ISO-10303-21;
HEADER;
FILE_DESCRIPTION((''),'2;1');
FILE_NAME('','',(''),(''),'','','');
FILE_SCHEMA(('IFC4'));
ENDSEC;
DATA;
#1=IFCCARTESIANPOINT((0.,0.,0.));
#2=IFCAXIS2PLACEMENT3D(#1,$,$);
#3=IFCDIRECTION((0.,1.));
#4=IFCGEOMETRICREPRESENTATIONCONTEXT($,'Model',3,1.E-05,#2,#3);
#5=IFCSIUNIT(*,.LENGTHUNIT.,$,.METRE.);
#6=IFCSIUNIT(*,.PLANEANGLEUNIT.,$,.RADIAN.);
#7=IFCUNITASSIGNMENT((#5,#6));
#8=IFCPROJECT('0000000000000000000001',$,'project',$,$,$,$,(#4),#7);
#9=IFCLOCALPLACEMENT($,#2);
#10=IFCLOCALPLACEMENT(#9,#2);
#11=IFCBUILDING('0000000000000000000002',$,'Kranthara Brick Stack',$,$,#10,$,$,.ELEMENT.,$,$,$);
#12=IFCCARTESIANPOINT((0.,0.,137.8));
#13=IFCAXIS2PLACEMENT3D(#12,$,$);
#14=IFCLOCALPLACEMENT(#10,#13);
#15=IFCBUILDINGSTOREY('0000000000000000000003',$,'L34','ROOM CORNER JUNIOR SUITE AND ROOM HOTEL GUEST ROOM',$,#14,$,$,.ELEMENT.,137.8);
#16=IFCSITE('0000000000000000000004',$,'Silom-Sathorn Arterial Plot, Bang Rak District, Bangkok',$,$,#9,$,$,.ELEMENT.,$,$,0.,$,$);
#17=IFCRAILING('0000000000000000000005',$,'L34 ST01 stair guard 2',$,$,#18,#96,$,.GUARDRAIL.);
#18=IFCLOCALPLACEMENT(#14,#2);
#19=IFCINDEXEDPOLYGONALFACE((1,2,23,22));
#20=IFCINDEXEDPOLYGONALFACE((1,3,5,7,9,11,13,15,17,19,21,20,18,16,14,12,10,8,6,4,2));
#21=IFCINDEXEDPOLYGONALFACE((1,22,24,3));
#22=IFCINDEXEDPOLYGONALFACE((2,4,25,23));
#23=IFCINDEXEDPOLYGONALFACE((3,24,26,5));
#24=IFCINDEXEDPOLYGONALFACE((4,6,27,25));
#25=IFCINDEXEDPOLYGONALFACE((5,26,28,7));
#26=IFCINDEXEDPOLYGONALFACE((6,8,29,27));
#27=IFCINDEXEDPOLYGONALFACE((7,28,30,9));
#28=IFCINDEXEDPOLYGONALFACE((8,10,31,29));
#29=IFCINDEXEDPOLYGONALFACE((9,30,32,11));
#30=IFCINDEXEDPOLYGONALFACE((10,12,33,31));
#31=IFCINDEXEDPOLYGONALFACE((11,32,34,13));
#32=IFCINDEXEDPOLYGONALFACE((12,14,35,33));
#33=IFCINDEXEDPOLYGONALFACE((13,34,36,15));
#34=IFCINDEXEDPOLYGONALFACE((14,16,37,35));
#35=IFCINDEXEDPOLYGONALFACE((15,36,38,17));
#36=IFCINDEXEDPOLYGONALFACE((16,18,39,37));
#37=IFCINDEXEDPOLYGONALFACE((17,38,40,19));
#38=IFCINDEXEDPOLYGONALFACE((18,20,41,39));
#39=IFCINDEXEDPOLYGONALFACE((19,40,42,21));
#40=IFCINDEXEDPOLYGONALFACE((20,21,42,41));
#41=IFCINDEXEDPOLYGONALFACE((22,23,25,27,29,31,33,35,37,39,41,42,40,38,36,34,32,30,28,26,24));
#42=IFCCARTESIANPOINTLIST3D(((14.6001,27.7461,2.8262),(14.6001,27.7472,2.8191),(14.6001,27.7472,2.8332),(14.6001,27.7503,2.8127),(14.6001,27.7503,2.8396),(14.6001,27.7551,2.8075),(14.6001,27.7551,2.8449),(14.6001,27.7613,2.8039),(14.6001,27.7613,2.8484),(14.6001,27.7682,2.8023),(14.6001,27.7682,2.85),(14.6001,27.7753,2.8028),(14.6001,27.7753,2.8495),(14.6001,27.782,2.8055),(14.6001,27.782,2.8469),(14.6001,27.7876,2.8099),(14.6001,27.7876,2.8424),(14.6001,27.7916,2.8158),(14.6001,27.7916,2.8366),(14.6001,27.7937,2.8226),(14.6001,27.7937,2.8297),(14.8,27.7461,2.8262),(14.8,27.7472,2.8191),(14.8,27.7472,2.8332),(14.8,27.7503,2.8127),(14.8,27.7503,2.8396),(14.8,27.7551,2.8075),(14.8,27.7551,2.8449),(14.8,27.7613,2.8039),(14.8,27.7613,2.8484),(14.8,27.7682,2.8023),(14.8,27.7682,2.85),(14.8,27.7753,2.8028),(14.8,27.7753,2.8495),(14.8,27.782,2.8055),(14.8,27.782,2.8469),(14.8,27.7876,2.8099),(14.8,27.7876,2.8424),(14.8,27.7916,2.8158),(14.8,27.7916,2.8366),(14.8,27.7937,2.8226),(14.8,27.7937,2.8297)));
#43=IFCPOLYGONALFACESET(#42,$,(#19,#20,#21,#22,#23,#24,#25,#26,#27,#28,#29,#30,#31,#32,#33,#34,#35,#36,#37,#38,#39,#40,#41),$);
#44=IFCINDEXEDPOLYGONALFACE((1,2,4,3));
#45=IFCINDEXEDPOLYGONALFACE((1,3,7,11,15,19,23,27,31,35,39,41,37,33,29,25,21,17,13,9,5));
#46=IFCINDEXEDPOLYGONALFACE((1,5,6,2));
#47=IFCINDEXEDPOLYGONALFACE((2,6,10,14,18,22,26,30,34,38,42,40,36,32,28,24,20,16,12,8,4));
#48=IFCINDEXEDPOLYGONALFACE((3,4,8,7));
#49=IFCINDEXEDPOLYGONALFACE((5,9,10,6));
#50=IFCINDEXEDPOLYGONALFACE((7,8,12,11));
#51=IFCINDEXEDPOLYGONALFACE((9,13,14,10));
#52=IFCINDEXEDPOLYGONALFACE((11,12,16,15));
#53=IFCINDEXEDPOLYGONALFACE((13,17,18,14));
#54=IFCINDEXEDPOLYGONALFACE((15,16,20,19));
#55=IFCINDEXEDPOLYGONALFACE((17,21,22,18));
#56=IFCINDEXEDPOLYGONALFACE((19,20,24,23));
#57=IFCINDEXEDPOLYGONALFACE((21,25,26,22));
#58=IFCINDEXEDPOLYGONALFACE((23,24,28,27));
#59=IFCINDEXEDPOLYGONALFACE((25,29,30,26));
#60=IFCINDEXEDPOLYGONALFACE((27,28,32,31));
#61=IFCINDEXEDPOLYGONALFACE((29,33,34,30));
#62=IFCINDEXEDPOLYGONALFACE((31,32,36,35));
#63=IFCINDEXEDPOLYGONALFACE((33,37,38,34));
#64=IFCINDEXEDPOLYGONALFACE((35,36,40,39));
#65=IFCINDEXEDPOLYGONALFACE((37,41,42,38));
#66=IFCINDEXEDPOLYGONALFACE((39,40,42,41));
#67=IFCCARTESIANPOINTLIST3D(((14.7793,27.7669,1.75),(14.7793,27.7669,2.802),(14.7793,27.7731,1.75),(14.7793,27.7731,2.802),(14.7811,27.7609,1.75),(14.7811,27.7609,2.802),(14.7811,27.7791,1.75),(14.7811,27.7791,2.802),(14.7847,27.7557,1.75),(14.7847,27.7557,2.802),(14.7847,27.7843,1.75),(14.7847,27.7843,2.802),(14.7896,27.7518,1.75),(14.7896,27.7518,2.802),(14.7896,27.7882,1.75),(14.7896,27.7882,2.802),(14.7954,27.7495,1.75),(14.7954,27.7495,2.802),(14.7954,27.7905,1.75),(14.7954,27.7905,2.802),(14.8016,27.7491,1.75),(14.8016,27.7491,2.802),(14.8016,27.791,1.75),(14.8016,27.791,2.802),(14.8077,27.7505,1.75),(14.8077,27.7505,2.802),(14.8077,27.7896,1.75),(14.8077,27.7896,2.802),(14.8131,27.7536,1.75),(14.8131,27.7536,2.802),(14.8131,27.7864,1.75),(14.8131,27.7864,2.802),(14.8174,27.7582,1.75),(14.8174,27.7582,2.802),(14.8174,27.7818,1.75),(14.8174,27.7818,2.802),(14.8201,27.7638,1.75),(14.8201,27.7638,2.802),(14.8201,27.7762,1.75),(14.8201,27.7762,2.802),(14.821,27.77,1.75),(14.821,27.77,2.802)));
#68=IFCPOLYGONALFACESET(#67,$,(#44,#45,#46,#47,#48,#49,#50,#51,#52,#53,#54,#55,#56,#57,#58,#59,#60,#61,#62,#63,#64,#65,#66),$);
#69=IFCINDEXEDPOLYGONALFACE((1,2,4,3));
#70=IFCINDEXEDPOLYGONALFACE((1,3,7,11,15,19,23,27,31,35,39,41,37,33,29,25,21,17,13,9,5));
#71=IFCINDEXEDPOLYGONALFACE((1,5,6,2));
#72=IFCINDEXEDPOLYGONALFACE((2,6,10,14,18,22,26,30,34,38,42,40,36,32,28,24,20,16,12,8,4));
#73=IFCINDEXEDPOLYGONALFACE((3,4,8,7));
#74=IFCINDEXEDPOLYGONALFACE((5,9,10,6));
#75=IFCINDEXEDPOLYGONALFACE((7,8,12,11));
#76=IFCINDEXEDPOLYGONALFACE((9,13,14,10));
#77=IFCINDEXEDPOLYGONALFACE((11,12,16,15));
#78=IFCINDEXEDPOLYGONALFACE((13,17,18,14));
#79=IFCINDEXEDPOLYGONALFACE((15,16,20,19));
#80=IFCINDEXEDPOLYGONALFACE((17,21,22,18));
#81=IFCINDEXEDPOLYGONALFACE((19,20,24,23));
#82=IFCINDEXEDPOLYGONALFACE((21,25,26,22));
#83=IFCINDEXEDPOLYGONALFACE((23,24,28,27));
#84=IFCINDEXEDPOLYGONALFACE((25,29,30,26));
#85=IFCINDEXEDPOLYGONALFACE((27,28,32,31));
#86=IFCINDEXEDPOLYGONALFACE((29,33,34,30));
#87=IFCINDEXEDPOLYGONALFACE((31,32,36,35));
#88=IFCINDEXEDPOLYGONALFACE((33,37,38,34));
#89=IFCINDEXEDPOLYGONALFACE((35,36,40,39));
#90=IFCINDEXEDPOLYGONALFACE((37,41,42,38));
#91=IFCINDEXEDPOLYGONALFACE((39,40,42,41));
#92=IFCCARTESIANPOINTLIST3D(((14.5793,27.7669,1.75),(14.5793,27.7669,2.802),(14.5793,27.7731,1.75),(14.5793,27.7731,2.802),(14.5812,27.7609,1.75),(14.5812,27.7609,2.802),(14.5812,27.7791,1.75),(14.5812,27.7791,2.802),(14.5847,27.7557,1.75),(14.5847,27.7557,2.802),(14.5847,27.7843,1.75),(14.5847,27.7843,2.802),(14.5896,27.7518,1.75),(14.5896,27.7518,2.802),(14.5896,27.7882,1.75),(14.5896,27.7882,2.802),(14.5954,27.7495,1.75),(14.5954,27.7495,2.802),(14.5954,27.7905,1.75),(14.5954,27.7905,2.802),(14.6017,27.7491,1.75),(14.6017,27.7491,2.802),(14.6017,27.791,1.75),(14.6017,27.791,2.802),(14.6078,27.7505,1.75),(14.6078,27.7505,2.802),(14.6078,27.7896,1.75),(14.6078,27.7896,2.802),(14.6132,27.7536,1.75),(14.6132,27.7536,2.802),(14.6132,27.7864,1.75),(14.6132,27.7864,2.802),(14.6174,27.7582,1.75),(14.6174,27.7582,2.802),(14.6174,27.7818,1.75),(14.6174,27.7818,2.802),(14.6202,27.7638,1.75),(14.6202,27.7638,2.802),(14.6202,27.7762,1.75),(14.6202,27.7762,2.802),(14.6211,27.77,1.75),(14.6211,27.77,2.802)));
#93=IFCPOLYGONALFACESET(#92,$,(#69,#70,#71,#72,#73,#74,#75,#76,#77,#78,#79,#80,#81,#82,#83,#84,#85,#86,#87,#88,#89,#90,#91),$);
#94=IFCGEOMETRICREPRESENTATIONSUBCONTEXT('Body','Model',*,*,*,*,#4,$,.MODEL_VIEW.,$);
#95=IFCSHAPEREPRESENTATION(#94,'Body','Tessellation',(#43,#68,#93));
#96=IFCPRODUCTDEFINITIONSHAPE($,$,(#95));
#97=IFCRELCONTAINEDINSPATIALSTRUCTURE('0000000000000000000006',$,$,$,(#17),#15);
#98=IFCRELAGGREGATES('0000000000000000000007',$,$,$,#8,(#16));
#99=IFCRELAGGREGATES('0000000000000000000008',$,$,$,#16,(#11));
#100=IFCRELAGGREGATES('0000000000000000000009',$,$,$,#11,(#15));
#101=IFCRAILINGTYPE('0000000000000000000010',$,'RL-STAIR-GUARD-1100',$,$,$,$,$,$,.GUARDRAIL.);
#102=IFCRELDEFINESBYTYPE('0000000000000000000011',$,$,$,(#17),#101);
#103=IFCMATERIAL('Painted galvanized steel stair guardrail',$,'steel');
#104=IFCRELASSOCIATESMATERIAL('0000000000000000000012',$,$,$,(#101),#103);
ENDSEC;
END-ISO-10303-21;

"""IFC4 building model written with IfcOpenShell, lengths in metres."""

from ifc_helpers import new_model, si_unit, direction, frame, origin, origin_2d, place, context, subcontext, project, spatial, circle, extrude, material, type_object, element, save


model = new_model("IFC4")

# Units and contexts
model_context = context("Model", 3, precision=1e-05, world=origin(), true_north=direction((0.0, 1.0)))
body_context = subcontext(model_context, "Body", "Model", "MODEL_VIEW")
ifc_project = project(units=[si_unit("LENGTHUNIT", "METRE"), si_unit("PLANEANGLEUNIT", "RADIAN")], contexts=[model_context])

# Site, building, storey
site_placement = place(None, origin())
site = spatial("IfcSite", under=ifc_project, at=site_placement, Name="Silom-Sathorn Arterial Plot, Bang Rak District, Bangkok", CompositionType="ELEMENT", RefElevation=0.0)
building_placement = place(site_placement, origin())
building = spatial("IfcBuilding", under=site, at=building_placement, Name="Kranthara Brick Stack", CompositionType="ELEMENT")
storey_placement = place(building_placement, frame((0.0, 0.0, 137.8)))
storey = spatial("IfcBuildingStorey", under=building, at=storey_placement, Name="L34", Description="ROOM CORNER JUNIOR SUITE AND ROOM HOTEL GUEST ROOM", CompositionType="ELEMENT", Elevation=137.8)

# Railing
ifc_material_1 = material(Name="Painted galvanized steel stair guardrail", Category="steel")
railing_type_1 = type_object("IfcRailingType", Name="RL-STAIR-GUARD-1100", PredefinedType="GUARDRAIL", material=ifc_material_1)
railing_1_placement = place(storey_placement, frame((14.8, 27.77, 1.75)))
element("IfcRailing", 1, at=railing_1_placement, inside=storey, type_object=railing_type_1, Name="L34 ST01 stair guard 2", PredefinedType="GUARDRAIL", context=body_context, shape_type="SweptSolid", body=[
    extrude(circle(Radius=0.0239, at=origin_2d()), frame((0.0, 0.0, 1.0762), z_axis=(-1.0, 0.0, 0.0), x_axis=(0.0, -1.0, 0.0)), (0.0, 0.0, 1.0), 0.2),
    extrude(circle(Radius=0.021, at=origin_2d()), origin(), (0.0, 0.0, 1.0), 1.052),
    extrude(circle(Radius=0.021, at=origin_2d()), frame((-0.2, 0.0, 0.0)), (0.0, 0.0, 1.0), 1.052),
])

save(model, "model.ifc")
